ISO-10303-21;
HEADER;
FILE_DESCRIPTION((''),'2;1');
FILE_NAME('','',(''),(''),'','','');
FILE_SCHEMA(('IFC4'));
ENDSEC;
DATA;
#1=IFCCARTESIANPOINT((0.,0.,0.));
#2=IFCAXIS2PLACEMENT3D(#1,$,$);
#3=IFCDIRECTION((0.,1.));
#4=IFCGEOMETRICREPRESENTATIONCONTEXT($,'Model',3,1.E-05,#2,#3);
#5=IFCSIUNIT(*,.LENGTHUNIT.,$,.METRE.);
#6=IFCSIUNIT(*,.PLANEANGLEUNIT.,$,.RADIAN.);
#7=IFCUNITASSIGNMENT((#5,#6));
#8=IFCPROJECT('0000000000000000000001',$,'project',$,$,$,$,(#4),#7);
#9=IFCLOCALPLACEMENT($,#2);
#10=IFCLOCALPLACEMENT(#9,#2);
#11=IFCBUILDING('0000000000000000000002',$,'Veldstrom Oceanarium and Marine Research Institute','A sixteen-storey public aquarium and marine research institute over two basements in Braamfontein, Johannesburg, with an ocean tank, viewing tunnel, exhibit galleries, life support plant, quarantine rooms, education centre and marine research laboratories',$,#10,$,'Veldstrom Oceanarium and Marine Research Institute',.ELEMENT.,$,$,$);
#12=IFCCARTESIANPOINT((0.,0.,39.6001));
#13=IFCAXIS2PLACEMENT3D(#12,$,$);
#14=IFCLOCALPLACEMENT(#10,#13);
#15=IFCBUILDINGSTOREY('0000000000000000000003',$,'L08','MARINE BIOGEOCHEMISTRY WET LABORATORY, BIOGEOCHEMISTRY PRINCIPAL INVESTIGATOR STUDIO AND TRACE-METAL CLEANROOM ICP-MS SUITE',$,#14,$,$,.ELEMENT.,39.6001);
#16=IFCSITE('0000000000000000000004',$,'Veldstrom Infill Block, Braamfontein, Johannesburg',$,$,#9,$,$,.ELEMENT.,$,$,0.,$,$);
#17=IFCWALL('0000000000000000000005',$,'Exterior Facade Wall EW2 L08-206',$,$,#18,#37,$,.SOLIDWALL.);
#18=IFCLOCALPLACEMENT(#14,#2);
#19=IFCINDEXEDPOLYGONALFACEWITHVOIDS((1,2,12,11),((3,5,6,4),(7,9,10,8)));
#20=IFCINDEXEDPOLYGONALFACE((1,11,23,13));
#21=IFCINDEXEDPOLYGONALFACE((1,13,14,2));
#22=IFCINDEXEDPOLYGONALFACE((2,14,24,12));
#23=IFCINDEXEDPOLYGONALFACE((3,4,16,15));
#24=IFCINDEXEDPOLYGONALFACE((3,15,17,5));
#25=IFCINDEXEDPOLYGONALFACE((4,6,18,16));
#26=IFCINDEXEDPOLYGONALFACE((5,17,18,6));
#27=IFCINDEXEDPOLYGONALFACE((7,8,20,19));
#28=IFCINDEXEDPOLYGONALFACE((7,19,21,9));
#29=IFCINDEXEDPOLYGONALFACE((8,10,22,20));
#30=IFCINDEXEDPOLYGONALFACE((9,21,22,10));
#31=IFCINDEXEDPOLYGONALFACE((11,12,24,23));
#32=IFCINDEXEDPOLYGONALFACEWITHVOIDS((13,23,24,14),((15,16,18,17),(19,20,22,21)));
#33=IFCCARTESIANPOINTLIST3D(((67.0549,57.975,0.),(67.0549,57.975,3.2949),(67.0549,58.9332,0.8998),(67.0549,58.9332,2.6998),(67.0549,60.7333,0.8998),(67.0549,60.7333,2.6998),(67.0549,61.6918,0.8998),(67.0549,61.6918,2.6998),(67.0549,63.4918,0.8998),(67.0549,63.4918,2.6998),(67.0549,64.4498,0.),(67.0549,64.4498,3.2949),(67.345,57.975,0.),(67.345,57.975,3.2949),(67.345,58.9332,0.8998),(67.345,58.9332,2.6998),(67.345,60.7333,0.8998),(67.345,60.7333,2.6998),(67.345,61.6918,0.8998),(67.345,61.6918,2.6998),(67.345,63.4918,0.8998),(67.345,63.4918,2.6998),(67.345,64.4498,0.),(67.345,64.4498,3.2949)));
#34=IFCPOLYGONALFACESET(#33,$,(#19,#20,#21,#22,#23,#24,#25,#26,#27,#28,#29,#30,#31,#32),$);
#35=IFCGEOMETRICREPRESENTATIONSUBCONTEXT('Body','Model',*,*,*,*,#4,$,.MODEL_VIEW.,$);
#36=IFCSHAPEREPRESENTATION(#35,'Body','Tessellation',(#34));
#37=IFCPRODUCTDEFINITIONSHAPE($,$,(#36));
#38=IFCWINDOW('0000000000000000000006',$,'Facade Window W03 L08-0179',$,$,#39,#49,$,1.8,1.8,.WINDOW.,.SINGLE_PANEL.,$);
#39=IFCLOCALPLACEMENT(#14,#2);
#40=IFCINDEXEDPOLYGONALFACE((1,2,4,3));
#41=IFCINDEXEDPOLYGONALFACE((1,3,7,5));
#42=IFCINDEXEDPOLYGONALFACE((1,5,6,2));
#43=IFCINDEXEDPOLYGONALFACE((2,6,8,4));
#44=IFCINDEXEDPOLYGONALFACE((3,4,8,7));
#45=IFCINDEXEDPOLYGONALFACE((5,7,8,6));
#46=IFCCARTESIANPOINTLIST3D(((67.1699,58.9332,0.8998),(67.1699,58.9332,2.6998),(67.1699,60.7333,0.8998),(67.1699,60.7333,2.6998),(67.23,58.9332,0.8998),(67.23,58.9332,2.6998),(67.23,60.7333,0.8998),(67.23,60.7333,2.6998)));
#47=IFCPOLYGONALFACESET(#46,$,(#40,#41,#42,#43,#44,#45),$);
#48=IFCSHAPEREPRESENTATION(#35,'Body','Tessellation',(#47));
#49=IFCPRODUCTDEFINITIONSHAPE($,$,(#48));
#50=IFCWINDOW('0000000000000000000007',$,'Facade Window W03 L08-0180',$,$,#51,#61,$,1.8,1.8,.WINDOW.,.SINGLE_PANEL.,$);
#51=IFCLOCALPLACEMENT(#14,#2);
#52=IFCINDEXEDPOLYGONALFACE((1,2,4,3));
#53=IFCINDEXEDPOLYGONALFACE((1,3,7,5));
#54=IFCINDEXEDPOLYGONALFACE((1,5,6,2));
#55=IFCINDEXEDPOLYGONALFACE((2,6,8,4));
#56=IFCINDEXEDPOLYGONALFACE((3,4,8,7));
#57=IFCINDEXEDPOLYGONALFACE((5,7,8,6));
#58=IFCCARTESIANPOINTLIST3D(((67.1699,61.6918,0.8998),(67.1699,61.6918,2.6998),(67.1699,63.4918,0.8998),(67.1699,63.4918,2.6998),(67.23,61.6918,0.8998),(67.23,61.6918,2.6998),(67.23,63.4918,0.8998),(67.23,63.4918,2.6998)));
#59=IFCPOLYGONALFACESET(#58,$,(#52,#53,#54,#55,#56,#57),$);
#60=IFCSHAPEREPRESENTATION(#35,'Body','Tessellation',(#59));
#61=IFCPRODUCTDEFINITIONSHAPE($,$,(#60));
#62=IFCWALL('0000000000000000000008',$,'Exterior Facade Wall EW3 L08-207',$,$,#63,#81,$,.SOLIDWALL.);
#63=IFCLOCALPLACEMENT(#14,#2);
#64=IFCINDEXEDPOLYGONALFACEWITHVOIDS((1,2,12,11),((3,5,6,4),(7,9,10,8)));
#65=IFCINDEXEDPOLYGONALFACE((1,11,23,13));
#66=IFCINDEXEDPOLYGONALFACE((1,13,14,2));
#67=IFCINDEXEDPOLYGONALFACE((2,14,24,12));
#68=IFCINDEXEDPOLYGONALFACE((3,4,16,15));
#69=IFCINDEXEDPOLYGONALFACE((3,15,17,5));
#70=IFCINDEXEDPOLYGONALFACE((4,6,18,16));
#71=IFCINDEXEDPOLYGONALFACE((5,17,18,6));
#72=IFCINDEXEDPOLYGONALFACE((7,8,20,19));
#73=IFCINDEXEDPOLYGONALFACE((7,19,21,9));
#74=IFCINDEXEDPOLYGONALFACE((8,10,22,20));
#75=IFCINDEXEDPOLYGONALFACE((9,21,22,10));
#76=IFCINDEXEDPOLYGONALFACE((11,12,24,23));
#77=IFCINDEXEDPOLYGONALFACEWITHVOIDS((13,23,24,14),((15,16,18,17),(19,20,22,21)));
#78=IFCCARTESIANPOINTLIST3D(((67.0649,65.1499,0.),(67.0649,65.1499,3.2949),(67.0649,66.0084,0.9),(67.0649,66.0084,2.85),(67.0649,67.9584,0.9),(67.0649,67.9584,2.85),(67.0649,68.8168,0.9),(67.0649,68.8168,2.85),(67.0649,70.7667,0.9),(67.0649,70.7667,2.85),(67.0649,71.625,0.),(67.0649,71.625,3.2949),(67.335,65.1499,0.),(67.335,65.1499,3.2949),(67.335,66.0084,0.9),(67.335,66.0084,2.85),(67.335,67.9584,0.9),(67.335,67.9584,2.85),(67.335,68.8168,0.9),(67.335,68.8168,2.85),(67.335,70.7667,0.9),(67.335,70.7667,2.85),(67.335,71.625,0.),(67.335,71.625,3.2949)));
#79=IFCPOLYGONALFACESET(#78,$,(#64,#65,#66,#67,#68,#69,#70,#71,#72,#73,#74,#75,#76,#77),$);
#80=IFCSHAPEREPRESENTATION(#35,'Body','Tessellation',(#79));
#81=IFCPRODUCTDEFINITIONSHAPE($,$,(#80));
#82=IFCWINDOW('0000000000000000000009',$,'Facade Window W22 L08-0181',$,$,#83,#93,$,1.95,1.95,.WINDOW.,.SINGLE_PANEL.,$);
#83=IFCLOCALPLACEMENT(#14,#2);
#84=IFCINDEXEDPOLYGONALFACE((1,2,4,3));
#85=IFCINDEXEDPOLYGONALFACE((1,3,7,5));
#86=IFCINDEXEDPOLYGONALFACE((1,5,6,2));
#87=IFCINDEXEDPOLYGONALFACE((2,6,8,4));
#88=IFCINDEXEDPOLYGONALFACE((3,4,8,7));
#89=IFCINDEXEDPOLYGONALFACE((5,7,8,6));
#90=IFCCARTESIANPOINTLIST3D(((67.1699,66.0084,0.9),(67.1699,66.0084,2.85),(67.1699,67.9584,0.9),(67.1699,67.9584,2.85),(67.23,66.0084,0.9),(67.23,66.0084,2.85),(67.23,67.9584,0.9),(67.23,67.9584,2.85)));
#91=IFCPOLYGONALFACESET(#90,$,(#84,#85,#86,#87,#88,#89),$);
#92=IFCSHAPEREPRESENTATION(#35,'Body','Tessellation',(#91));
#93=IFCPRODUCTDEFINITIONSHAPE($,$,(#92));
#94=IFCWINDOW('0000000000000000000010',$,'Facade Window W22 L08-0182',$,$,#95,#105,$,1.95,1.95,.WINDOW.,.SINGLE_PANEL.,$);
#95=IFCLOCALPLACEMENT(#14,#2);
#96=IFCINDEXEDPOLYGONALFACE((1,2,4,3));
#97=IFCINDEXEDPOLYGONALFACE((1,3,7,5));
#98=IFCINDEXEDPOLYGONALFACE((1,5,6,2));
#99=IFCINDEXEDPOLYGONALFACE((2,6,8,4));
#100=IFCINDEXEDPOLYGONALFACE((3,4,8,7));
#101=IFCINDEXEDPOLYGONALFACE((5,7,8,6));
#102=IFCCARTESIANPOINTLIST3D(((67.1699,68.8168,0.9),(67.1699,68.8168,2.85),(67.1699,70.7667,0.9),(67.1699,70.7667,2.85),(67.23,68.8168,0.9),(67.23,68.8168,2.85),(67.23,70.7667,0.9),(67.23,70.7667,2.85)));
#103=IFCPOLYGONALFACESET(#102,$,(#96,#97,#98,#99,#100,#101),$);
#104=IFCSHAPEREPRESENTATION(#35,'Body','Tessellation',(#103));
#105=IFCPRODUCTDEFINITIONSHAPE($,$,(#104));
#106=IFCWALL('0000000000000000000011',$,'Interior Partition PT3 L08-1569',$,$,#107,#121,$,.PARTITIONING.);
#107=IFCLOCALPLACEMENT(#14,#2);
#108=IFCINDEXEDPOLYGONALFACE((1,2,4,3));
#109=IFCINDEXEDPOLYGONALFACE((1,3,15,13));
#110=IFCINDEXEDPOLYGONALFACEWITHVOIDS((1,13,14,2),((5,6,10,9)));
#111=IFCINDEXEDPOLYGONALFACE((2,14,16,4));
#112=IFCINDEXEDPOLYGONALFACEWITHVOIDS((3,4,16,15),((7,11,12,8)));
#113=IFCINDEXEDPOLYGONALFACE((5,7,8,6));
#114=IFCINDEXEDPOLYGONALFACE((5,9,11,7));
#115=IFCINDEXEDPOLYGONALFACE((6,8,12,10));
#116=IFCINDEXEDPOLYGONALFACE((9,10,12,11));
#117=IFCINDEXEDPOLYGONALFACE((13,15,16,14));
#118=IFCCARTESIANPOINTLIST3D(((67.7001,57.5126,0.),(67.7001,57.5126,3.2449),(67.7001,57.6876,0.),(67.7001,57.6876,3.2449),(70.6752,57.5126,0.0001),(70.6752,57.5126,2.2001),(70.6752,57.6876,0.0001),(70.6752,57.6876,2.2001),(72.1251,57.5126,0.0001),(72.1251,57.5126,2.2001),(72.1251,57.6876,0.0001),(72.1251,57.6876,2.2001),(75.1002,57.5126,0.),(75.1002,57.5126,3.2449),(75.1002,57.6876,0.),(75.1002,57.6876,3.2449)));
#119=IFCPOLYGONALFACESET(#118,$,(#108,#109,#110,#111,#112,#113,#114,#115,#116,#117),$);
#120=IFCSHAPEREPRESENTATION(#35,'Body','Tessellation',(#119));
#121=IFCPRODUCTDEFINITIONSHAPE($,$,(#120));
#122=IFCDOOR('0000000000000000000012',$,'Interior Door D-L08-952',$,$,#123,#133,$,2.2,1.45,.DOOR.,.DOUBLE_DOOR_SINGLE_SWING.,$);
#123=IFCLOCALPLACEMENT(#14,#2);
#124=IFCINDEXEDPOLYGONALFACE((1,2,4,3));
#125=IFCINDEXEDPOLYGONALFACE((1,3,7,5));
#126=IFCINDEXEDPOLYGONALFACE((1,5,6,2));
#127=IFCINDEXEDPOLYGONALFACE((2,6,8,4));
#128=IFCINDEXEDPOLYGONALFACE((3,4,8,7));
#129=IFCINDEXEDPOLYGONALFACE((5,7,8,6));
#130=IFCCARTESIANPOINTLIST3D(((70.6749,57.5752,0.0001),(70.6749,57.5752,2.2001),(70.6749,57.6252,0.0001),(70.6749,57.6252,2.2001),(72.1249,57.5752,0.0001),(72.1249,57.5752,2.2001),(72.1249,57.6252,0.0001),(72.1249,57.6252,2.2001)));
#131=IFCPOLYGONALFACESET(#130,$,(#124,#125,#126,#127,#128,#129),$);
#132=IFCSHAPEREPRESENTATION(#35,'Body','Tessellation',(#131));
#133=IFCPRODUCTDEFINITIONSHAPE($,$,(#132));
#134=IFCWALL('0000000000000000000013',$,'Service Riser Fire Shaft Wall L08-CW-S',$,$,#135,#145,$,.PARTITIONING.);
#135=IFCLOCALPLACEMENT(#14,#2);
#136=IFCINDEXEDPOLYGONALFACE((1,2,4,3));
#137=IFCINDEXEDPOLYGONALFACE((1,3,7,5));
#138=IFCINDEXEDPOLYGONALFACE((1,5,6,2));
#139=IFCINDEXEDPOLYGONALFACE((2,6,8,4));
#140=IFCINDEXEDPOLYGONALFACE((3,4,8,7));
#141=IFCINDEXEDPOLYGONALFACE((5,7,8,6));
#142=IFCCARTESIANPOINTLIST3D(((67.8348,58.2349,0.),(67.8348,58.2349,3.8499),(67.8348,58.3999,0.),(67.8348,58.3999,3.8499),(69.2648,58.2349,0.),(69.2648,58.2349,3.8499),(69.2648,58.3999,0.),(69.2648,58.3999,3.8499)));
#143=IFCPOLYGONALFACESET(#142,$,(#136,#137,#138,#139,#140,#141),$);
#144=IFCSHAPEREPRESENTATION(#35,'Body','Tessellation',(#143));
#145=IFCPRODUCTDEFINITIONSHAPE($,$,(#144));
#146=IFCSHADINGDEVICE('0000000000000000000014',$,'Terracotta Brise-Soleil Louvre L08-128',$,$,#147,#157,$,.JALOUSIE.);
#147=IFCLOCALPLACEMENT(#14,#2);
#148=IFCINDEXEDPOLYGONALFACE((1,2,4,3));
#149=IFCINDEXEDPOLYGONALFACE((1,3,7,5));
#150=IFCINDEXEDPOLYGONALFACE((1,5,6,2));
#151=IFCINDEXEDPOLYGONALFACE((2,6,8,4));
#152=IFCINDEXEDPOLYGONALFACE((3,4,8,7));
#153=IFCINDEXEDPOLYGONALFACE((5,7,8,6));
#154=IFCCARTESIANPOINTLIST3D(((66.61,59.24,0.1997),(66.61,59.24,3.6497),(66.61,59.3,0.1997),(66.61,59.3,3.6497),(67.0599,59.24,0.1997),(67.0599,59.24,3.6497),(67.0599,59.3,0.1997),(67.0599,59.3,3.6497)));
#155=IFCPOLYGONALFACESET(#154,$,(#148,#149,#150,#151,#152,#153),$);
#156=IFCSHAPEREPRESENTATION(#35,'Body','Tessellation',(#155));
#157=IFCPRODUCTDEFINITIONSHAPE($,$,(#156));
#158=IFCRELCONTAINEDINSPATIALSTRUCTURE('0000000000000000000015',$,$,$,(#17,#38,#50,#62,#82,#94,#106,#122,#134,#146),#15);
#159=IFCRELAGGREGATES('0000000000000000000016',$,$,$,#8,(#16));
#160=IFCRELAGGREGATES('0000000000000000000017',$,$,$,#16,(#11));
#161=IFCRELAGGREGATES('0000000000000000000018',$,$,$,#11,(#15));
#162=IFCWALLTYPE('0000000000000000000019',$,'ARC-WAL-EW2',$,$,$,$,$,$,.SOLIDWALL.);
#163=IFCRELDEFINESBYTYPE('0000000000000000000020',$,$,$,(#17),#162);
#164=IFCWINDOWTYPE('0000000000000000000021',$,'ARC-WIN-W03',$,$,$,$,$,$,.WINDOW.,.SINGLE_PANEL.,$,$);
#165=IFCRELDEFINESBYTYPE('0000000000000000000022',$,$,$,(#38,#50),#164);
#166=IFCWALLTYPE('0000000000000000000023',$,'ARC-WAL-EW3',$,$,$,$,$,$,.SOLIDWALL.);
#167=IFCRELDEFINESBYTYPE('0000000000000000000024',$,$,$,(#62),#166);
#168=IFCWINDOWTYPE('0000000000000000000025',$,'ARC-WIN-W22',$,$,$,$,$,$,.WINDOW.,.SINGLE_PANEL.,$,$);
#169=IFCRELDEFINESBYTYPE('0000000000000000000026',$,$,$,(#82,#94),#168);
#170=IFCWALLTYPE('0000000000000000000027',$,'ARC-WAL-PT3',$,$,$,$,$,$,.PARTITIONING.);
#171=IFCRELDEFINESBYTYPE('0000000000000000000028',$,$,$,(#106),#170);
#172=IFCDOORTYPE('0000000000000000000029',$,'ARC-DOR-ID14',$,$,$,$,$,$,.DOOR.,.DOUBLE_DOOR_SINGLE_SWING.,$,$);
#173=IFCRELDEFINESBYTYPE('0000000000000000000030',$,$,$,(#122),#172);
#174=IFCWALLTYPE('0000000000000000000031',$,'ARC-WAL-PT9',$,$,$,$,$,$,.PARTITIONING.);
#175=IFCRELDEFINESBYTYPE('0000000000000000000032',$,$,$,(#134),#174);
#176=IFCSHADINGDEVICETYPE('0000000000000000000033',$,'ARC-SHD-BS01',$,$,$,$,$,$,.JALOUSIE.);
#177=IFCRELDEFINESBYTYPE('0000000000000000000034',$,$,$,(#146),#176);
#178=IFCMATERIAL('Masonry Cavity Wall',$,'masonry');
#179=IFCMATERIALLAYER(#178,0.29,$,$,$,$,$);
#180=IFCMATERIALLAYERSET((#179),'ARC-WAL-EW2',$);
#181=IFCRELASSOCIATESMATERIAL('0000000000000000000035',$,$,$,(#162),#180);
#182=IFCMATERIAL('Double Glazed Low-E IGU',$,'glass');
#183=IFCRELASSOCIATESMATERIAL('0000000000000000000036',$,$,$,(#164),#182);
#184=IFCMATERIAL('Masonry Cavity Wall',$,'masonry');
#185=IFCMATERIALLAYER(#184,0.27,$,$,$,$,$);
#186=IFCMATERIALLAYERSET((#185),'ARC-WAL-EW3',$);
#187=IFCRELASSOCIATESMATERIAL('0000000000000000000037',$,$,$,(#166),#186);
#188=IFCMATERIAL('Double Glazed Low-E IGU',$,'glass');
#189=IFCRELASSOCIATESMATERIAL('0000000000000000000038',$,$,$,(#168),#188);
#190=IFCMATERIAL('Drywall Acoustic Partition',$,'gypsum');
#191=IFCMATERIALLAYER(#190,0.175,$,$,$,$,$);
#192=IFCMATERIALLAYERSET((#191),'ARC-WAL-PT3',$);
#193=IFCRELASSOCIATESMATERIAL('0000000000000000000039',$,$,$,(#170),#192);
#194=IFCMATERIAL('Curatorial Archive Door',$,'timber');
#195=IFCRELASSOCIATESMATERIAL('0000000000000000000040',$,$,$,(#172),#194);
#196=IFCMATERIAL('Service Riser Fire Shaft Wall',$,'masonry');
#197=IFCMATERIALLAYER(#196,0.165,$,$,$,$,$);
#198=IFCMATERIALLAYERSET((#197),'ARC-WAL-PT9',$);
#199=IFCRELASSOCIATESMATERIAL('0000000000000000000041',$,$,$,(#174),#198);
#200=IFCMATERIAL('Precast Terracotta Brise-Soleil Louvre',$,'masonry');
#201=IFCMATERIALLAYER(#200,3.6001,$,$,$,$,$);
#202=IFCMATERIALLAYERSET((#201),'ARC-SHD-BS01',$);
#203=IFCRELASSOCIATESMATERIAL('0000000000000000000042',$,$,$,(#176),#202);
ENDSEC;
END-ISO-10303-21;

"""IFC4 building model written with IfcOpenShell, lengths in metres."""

from ifc_helpers import new_model, si_unit, direction, frame, frame_2d, origin, origin_2d, place, context, subcontext, project, spatial, rectangle, extrude, material, layer, layer_set, type_object, element, fill, save


model = new_model("IFC4")

# Units and contexts
model_context = context("Model", 3, precision=1e-05, world=origin(), true_north=direction((0.0, 1.0)))
body_context = subcontext(model_context, "Body", "Model", "MODEL_VIEW")
ifc_project = project(units=[si_unit("LENGTHUNIT", "METRE"), si_unit("PLANEANGLEUNIT", "RADIAN")], contexts=[model_context])

# Site, building, storey
site_placement = place(None, origin())
site = spatial("IfcSite", under=ifc_project, at=site_placement, Name="Veldstrom Infill Block, Braamfontein, Johannesburg", CompositionType="ELEMENT", RefElevation=0.0)
building_placement = place(site_placement, origin())
building = spatial("IfcBuilding", under=site, at=building_placement, Name="Veldstrom Oceanarium and Marine Research Institute", Description="A sixteen-storey public aquarium and marine research institute over two basements in Braamfontein, Johannesburg, with an ocean tank, viewing tunnel, exhibit galleries, life support plant, quarantine rooms, education centre and marine research laboratories", LongName="Veldstrom Oceanarium and Marine Research Institute", CompositionType="ELEMENT")
storey_placement = place(building_placement, frame((0.0, 0.0, 39.6001)))
storey = spatial("IfcBuildingStorey", under=building, at=storey_placement, Name="L08", Description="MARINE BIOGEOCHEMISTRY WET LABORATORY, BIOGEOCHEMISTRY PRINCIPAL INVESTIGATOR STUDIO AND TRACE-METAL CLEANROOM ICP-MS SUITE", CompositionType="ELEMENT", Elevation=39.6001)

# Walls, openings, windows
ifc_material_1 = material(Name="Masonry Cavity Wall", Category="masonry")
ifc_layer_1 = layer(ifc_material_1, 0.29)
ifc_layer_set_1 = layer_set([ifc_layer_1], Name="ARC-WAL-EW2")
wall_type_1 = type_object("IfcWallType", Name="ARC-WAL-EW2", PredefinedType="SOLIDWALL", material=ifc_layer_set_1)
wall_1_placement = place(storey_placement, frame((67.2, 57.9751, 0.0), z_axis=(0.0, 0.0, 1.0), x_axis=(0.0, 1.0, 0.0)))
wall_1 = element("IfcWall", 1, at=wall_1_placement, inside=storey, type_object=wall_type_1, Name="Exterior Facade Wall EW2 L08-206", PredefinedType="SOLIDWALL", context=body_context, shape_type="SweptSolid", body=[
    extrude(rectangle(XDim=6.4749, YDim=0.29, at=frame_2d((3.2373, 0.0))), origin(), (0.0, 0.0, 1.0), 3.2949),
])
opening_1_placement = place(wall_1_placement, frame((0.9583, 0.0, 0.8999)))
opening_1 = element("IfcOpeningElement", 2, at=opening_1_placement, cuts=wall_1, PredefinedType="OPENING", context=body_context, shape_type="SweptSolid", body=[
    extrude(rectangle(XDim=1.8, YDim=1.8, at=frame_2d((0.8999, 0.8999))), frame((0.0, 0.155, 0.0), z_axis=(0.0, -1.0, 0.0), x_axis=(1.0, 0.0, 0.0)), (0.0, 0.0, 1.0), 0.3101),
])
opening_2_placement = place(wall_1_placement, frame((3.7168, 0.0, 0.8999)))
opening_2 = element("IfcOpeningElement", 3, at=opening_2_placement, cuts=wall_1, PredefinedType="OPENING", context=body_context, shape_type="SweptSolid", body=[
    extrude(rectangle(XDim=1.8, YDim=1.8, at=frame_2d((0.8999, 0.8999))), frame((0.0, 0.155, 0.0), z_axis=(0.0, -1.0, 0.0), x_axis=(1.0, 0.0, 0.0)), (0.0, 0.0, 1.0), 0.3101),
])
ifc_material_2 = material(Name="Double Glazed Low-E IGU", Category="glass")
window_type_1 = type_object("IfcWindowType", Name="ARC-WIN-W03", PartitioningType="SINGLE_PANEL", PredefinedType="WINDOW", material=ifc_material_2)
window_1_placement = place(opening_1_placement, origin())
window_1 = element("IfcWindow", 4, at=window_1_placement, inside=storey, type_object=window_type_1, Name="Facade Window W03 L08-0179", OverallHeight=1.8, OverallWidth=1.8, PartitioningType="SINGLE_PANEL", PredefinedType="WINDOW", context=body_context, shape_type="SweptSolid", body=[
    extrude(rectangle(XDim=1.8, YDim=1.8, at=frame_2d((0.8999, 0.8999))), frame((0.0, 0.03, 0.0), z_axis=(0.0, -1.0, 0.0), x_axis=(1.0, 0.0, 0.0)), (0.0, 0.0, 1.0), 0.0601),
])
fill(opening_1, window_1)
window_2_placement = place(opening_2_placement, origin())
window_2 = element("IfcWindow", 5, at=window_2_placement, inside=storey, type_object=window_type_1, Name="Facade Window W03 L08-0180", OverallHeight=1.8, OverallWidth=1.8, PartitioningType="SINGLE_PANEL", PredefinedType="WINDOW", context=body_context, shape_type="SweptSolid", body=[
    extrude(rectangle(XDim=1.8, YDim=1.8, at=frame_2d((0.8999, 0.8999))), frame((0.0, 0.03, 0.0), z_axis=(0.0, -1.0, 0.0), x_axis=(1.0, 0.0, 0.0)), (0.0, 0.0, 1.0), 0.0601),
])
fill(opening_2, window_2)
ifc_material_3 = material(Name="Masonry Cavity Wall", Category="masonry")
ifc_layer_2 = layer(ifc_material_3, 0.27)
ifc_layer_set_2 = layer_set([ifc_layer_2], Name="ARC-WAL-EW3")
wall_type_2 = type_object("IfcWallType", Name="ARC-WAL-EW3", PredefinedType="SOLIDWALL", material=ifc_layer_set_2)
wall_2_placement = place(storey_placement, frame((67.2, 65.1499, 0.0), z_axis=(0.0, 0.0, 1.0), x_axis=(0.0, 1.0, 0.0)))
wall_2 = element("IfcWall", 6, at=wall_2_placement, inside=storey, type_object=wall_type_2, Name="Exterior Facade Wall EW3 L08-207", PredefinedType="SOLIDWALL", context=body_context, shape_type="SweptSolid", body=[
    extrude(rectangle(XDim=6.4751, YDim=0.27, at=frame_2d((3.2375, 0.0))), origin(), (0.0, 0.0, 1.0), 3.2949),
])
opening_3_placement = place(wall_2_placement, frame((0.8584, 0.0, 0.8999)))
opening_3 = element("IfcOpeningElement", 7, at=opening_3_placement, cuts=wall_2, PredefinedType="OPENING", context=body_context, shape_type="SweptSolid", body=[
    extrude(rectangle(XDim=1.95, YDim=1.95, at=frame_2d((0.9751, 0.9751))), frame((0.0, 0.145, 0.0), z_axis=(0.0, -1.0, 0.0), x_axis=(1.0, 0.0, 0.0)), (0.0, 0.0, 1.0), 0.29),
])
opening_4_placement = place(wall_2_placement, frame((3.6667, 0.0, 0.8999)))
opening_4 = element("IfcOpeningElement", 8, at=opening_4_placement, cuts=wall_2, PredefinedType="OPENING", context=body_context, shape_type="SweptSolid", body=[
    extrude(rectangle(XDim=1.95, YDim=1.95, at=frame_2d((0.9751, 0.9751))), frame((0.0, 0.145, 0.0), z_axis=(0.0, -1.0, 0.0), x_axis=(1.0, 0.0, 0.0)), (0.0, 0.0, 1.0), 0.29),
])
ifc_material_4 = material(Name="Double Glazed Low-E IGU", Category="glass")
window_type_2 = type_object("IfcWindowType", Name="ARC-WIN-W22", PartitioningType="SINGLE_PANEL", PredefinedType="WINDOW", material=ifc_material_4)
window_3_placement = place(opening_3_placement, origin())
window_3 = element("IfcWindow", 9, at=window_3_placement, inside=storey, type_object=window_type_2, Name="Facade Window W22 L08-0181", OverallHeight=1.95, OverallWidth=1.95, PartitioningType="SINGLE_PANEL", PredefinedType="WINDOW", context=body_context, shape_type="SweptSolid", body=[
    extrude(rectangle(XDim=1.95, YDim=1.95, at=frame_2d((0.9751, 0.9751))), frame((0.0, 0.03, 0.0), z_axis=(0.0, -1.0, 0.0), x_axis=(1.0, 0.0, 0.0)), (0.0, 0.0, 1.0), 0.0601),
])
fill(opening_3, window_3)
window_4_placement = place(opening_4_placement, origin())
window_4 = element("IfcWindow", 10, at=window_4_placement, inside=storey, type_object=window_type_2, Name="Facade Window W22 L08-0182", OverallHeight=1.95, OverallWidth=1.95, PartitioningType="SINGLE_PANEL", PredefinedType="WINDOW", context=body_context, shape_type="SweptSolid", body=[
    extrude(rectangle(XDim=1.95, YDim=1.95, at=frame_2d((0.9751, 0.9751))), frame((0.0, 0.03, 0.0), z_axis=(0.0, -1.0, 0.0), x_axis=(1.0, 0.0, 0.0)), (0.0, 0.0, 1.0), 0.0601),
])
fill(opening_4, window_4)

# Wall, opening, door
ifc_material_5 = material(Name="Drywall Acoustic Partition", Category="gypsum")
ifc_layer_3 = layer(ifc_material_5, 0.175)
ifc_layer_set_3 = layer_set([ifc_layer_3], Name="ARC-WAL-PT3")
wall_type_3 = type_object("IfcWallType", Name="ARC-WAL-PT3", PredefinedType="PARTITIONING", material=ifc_layer_set_3)
wall_3_placement = place(storey_placement, frame((67.7, 57.6001, 0.0), z_axis=(0.0, 0.0, 1.0), x_axis=(1.0, 0.0, 0.0)))
wall_3 = element("IfcWall", 11, at=wall_3_placement, inside=storey, type_object=wall_type_3, Name="Interior Partition PT3 L08-1569", PredefinedType="PARTITIONING", context=body_context, shape_type="SweptSolid", body=[
    extrude(rectangle(XDim=7.4001, YDim=0.175, at=frame_2d((3.7002, 0.0))), origin(), (0.0, 0.0, 1.0), 3.2449),
])
opening_5_placement = place(wall_3_placement, frame((2.9751, 0.0, 0.0)))
opening_5 = element("IfcOpeningElement", 12, at=opening_5_placement, cuts=wall_3, PredefinedType="OPENING", context=body_context, shape_type="SweptSolid", body=[
    extrude(rectangle(XDim=1.45, YDim=2.2, at=frame_2d((0.7251, 1.1001))), frame((0.0, 0.0974, 0.0), z_axis=(0.0, -1.0, 0.0), x_axis=(1.0, 0.0, 0.0)), (0.0, 0.0, 1.0), 0.1951),
])
ifc_material_6 = material(Name="Curatorial Archive Door", Category="timber")
door_type_1 = type_object("IfcDoorType", Name="ARC-DOR-ID14", OperationType="DOUBLE_DOOR_SINGLE_SWING", PredefinedType="DOOR", material=ifc_material_6)
door_1_placement = place(opening_5_placement, frame((1.45, 0.0, 0.0), z_axis=(0.0, 0.0, 1.0), x_axis=(-1.0, 0.0, 0.0)))
door_1 = element("IfcDoor", 13, at=door_1_placement, inside=storey, type_object=door_type_1, Name="Interior Door D-L08-952", OperationType="DOUBLE_DOOR_SINGLE_SWING", OverallHeight=2.2, OverallWidth=1.45, PredefinedType="DOOR", context=body_context, shape_type="SweptSolid", body=[
    extrude(rectangle(XDim=1.45, YDim=2.2, at=frame_2d((0.7251, 1.1001))), frame((0.0, 0.0249, 0.0), z_axis=(0.0, -1.0, 0.0), x_axis=(1.0, 0.0, 0.0)), (0.0, 0.0, 1.0), 0.05),
])
fill(opening_5, door_1)

# Wall
ifc_material_7 = material(Name="Service Riser Fire Shaft Wall", Category="masonry")
ifc_layer_4 = layer(ifc_material_7, 0.165)
ifc_layer_set_4 = layer_set([ifc_layer_4], Name="ARC-WAL-PT9")
wall_type_4 = type_object("IfcWallType", Name="ARC-WAL-PT9", PredefinedType="PARTITIONING", material=ifc_layer_set_4)
wall_4_placement = place(storey_placement, frame((67.835, 58.3174, 0.0), z_axis=(0.0, 0.0, 1.0), x_axis=(1.0, 0.0, 0.0)))
element("IfcWall", 14, at=wall_4_placement, inside=storey, type_object=wall_type_4, Name="Service Riser Fire Shaft Wall L08-CW-S", PredefinedType="PARTITIONING", context=body_context, shape_type="SweptSolid", body=[
    extrude(rectangle(XDim=1.4299, YDim=0.165, at=frame_2d((0.7148, 0.0))), origin(), (0.0, 0.0, 1.0), 3.8499),
])

# Shading device
ifc_material_8 = material(Name="Precast Terracotta Brise-Soleil Louvre", Category="masonry")
ifc_layer_5 = layer(ifc_material_8, 3.6001)
ifc_layer_set_5 = layer_set([ifc_layer_5], Name="ARC-SHD-BS01")
shading_device_type_1 = type_object("IfcShadingDeviceType", Name="ARC-SHD-BS01", PredefinedType="JALOUSIE", material=ifc_layer_set_5)
for number, where, z_axis, x_axis, name in (
    (15, (66.835, 59.27, 0.1997), (0.0, 0.0, 1.0), (1.0, 0.0, 0.0), "Terracotta Brise-Soleil Louvre L08-128"),
):
    element("IfcShadingDevice", number, at=place(storey_placement, frame(where, z_axis=z_axis, x_axis=x_axis)), inside=storey, type_object=shading_device_type_1, Name=name, PredefinedType="JALOUSIE", context=body_context, shape_type="SweptSolid", body=[
        extrude(rectangle(XDim=0.45, YDim=0.0601, at=origin_2d()), origin(), (0.0, 0.0, 1.0), 3.45),
    ])

save(model, "model.ifc")
